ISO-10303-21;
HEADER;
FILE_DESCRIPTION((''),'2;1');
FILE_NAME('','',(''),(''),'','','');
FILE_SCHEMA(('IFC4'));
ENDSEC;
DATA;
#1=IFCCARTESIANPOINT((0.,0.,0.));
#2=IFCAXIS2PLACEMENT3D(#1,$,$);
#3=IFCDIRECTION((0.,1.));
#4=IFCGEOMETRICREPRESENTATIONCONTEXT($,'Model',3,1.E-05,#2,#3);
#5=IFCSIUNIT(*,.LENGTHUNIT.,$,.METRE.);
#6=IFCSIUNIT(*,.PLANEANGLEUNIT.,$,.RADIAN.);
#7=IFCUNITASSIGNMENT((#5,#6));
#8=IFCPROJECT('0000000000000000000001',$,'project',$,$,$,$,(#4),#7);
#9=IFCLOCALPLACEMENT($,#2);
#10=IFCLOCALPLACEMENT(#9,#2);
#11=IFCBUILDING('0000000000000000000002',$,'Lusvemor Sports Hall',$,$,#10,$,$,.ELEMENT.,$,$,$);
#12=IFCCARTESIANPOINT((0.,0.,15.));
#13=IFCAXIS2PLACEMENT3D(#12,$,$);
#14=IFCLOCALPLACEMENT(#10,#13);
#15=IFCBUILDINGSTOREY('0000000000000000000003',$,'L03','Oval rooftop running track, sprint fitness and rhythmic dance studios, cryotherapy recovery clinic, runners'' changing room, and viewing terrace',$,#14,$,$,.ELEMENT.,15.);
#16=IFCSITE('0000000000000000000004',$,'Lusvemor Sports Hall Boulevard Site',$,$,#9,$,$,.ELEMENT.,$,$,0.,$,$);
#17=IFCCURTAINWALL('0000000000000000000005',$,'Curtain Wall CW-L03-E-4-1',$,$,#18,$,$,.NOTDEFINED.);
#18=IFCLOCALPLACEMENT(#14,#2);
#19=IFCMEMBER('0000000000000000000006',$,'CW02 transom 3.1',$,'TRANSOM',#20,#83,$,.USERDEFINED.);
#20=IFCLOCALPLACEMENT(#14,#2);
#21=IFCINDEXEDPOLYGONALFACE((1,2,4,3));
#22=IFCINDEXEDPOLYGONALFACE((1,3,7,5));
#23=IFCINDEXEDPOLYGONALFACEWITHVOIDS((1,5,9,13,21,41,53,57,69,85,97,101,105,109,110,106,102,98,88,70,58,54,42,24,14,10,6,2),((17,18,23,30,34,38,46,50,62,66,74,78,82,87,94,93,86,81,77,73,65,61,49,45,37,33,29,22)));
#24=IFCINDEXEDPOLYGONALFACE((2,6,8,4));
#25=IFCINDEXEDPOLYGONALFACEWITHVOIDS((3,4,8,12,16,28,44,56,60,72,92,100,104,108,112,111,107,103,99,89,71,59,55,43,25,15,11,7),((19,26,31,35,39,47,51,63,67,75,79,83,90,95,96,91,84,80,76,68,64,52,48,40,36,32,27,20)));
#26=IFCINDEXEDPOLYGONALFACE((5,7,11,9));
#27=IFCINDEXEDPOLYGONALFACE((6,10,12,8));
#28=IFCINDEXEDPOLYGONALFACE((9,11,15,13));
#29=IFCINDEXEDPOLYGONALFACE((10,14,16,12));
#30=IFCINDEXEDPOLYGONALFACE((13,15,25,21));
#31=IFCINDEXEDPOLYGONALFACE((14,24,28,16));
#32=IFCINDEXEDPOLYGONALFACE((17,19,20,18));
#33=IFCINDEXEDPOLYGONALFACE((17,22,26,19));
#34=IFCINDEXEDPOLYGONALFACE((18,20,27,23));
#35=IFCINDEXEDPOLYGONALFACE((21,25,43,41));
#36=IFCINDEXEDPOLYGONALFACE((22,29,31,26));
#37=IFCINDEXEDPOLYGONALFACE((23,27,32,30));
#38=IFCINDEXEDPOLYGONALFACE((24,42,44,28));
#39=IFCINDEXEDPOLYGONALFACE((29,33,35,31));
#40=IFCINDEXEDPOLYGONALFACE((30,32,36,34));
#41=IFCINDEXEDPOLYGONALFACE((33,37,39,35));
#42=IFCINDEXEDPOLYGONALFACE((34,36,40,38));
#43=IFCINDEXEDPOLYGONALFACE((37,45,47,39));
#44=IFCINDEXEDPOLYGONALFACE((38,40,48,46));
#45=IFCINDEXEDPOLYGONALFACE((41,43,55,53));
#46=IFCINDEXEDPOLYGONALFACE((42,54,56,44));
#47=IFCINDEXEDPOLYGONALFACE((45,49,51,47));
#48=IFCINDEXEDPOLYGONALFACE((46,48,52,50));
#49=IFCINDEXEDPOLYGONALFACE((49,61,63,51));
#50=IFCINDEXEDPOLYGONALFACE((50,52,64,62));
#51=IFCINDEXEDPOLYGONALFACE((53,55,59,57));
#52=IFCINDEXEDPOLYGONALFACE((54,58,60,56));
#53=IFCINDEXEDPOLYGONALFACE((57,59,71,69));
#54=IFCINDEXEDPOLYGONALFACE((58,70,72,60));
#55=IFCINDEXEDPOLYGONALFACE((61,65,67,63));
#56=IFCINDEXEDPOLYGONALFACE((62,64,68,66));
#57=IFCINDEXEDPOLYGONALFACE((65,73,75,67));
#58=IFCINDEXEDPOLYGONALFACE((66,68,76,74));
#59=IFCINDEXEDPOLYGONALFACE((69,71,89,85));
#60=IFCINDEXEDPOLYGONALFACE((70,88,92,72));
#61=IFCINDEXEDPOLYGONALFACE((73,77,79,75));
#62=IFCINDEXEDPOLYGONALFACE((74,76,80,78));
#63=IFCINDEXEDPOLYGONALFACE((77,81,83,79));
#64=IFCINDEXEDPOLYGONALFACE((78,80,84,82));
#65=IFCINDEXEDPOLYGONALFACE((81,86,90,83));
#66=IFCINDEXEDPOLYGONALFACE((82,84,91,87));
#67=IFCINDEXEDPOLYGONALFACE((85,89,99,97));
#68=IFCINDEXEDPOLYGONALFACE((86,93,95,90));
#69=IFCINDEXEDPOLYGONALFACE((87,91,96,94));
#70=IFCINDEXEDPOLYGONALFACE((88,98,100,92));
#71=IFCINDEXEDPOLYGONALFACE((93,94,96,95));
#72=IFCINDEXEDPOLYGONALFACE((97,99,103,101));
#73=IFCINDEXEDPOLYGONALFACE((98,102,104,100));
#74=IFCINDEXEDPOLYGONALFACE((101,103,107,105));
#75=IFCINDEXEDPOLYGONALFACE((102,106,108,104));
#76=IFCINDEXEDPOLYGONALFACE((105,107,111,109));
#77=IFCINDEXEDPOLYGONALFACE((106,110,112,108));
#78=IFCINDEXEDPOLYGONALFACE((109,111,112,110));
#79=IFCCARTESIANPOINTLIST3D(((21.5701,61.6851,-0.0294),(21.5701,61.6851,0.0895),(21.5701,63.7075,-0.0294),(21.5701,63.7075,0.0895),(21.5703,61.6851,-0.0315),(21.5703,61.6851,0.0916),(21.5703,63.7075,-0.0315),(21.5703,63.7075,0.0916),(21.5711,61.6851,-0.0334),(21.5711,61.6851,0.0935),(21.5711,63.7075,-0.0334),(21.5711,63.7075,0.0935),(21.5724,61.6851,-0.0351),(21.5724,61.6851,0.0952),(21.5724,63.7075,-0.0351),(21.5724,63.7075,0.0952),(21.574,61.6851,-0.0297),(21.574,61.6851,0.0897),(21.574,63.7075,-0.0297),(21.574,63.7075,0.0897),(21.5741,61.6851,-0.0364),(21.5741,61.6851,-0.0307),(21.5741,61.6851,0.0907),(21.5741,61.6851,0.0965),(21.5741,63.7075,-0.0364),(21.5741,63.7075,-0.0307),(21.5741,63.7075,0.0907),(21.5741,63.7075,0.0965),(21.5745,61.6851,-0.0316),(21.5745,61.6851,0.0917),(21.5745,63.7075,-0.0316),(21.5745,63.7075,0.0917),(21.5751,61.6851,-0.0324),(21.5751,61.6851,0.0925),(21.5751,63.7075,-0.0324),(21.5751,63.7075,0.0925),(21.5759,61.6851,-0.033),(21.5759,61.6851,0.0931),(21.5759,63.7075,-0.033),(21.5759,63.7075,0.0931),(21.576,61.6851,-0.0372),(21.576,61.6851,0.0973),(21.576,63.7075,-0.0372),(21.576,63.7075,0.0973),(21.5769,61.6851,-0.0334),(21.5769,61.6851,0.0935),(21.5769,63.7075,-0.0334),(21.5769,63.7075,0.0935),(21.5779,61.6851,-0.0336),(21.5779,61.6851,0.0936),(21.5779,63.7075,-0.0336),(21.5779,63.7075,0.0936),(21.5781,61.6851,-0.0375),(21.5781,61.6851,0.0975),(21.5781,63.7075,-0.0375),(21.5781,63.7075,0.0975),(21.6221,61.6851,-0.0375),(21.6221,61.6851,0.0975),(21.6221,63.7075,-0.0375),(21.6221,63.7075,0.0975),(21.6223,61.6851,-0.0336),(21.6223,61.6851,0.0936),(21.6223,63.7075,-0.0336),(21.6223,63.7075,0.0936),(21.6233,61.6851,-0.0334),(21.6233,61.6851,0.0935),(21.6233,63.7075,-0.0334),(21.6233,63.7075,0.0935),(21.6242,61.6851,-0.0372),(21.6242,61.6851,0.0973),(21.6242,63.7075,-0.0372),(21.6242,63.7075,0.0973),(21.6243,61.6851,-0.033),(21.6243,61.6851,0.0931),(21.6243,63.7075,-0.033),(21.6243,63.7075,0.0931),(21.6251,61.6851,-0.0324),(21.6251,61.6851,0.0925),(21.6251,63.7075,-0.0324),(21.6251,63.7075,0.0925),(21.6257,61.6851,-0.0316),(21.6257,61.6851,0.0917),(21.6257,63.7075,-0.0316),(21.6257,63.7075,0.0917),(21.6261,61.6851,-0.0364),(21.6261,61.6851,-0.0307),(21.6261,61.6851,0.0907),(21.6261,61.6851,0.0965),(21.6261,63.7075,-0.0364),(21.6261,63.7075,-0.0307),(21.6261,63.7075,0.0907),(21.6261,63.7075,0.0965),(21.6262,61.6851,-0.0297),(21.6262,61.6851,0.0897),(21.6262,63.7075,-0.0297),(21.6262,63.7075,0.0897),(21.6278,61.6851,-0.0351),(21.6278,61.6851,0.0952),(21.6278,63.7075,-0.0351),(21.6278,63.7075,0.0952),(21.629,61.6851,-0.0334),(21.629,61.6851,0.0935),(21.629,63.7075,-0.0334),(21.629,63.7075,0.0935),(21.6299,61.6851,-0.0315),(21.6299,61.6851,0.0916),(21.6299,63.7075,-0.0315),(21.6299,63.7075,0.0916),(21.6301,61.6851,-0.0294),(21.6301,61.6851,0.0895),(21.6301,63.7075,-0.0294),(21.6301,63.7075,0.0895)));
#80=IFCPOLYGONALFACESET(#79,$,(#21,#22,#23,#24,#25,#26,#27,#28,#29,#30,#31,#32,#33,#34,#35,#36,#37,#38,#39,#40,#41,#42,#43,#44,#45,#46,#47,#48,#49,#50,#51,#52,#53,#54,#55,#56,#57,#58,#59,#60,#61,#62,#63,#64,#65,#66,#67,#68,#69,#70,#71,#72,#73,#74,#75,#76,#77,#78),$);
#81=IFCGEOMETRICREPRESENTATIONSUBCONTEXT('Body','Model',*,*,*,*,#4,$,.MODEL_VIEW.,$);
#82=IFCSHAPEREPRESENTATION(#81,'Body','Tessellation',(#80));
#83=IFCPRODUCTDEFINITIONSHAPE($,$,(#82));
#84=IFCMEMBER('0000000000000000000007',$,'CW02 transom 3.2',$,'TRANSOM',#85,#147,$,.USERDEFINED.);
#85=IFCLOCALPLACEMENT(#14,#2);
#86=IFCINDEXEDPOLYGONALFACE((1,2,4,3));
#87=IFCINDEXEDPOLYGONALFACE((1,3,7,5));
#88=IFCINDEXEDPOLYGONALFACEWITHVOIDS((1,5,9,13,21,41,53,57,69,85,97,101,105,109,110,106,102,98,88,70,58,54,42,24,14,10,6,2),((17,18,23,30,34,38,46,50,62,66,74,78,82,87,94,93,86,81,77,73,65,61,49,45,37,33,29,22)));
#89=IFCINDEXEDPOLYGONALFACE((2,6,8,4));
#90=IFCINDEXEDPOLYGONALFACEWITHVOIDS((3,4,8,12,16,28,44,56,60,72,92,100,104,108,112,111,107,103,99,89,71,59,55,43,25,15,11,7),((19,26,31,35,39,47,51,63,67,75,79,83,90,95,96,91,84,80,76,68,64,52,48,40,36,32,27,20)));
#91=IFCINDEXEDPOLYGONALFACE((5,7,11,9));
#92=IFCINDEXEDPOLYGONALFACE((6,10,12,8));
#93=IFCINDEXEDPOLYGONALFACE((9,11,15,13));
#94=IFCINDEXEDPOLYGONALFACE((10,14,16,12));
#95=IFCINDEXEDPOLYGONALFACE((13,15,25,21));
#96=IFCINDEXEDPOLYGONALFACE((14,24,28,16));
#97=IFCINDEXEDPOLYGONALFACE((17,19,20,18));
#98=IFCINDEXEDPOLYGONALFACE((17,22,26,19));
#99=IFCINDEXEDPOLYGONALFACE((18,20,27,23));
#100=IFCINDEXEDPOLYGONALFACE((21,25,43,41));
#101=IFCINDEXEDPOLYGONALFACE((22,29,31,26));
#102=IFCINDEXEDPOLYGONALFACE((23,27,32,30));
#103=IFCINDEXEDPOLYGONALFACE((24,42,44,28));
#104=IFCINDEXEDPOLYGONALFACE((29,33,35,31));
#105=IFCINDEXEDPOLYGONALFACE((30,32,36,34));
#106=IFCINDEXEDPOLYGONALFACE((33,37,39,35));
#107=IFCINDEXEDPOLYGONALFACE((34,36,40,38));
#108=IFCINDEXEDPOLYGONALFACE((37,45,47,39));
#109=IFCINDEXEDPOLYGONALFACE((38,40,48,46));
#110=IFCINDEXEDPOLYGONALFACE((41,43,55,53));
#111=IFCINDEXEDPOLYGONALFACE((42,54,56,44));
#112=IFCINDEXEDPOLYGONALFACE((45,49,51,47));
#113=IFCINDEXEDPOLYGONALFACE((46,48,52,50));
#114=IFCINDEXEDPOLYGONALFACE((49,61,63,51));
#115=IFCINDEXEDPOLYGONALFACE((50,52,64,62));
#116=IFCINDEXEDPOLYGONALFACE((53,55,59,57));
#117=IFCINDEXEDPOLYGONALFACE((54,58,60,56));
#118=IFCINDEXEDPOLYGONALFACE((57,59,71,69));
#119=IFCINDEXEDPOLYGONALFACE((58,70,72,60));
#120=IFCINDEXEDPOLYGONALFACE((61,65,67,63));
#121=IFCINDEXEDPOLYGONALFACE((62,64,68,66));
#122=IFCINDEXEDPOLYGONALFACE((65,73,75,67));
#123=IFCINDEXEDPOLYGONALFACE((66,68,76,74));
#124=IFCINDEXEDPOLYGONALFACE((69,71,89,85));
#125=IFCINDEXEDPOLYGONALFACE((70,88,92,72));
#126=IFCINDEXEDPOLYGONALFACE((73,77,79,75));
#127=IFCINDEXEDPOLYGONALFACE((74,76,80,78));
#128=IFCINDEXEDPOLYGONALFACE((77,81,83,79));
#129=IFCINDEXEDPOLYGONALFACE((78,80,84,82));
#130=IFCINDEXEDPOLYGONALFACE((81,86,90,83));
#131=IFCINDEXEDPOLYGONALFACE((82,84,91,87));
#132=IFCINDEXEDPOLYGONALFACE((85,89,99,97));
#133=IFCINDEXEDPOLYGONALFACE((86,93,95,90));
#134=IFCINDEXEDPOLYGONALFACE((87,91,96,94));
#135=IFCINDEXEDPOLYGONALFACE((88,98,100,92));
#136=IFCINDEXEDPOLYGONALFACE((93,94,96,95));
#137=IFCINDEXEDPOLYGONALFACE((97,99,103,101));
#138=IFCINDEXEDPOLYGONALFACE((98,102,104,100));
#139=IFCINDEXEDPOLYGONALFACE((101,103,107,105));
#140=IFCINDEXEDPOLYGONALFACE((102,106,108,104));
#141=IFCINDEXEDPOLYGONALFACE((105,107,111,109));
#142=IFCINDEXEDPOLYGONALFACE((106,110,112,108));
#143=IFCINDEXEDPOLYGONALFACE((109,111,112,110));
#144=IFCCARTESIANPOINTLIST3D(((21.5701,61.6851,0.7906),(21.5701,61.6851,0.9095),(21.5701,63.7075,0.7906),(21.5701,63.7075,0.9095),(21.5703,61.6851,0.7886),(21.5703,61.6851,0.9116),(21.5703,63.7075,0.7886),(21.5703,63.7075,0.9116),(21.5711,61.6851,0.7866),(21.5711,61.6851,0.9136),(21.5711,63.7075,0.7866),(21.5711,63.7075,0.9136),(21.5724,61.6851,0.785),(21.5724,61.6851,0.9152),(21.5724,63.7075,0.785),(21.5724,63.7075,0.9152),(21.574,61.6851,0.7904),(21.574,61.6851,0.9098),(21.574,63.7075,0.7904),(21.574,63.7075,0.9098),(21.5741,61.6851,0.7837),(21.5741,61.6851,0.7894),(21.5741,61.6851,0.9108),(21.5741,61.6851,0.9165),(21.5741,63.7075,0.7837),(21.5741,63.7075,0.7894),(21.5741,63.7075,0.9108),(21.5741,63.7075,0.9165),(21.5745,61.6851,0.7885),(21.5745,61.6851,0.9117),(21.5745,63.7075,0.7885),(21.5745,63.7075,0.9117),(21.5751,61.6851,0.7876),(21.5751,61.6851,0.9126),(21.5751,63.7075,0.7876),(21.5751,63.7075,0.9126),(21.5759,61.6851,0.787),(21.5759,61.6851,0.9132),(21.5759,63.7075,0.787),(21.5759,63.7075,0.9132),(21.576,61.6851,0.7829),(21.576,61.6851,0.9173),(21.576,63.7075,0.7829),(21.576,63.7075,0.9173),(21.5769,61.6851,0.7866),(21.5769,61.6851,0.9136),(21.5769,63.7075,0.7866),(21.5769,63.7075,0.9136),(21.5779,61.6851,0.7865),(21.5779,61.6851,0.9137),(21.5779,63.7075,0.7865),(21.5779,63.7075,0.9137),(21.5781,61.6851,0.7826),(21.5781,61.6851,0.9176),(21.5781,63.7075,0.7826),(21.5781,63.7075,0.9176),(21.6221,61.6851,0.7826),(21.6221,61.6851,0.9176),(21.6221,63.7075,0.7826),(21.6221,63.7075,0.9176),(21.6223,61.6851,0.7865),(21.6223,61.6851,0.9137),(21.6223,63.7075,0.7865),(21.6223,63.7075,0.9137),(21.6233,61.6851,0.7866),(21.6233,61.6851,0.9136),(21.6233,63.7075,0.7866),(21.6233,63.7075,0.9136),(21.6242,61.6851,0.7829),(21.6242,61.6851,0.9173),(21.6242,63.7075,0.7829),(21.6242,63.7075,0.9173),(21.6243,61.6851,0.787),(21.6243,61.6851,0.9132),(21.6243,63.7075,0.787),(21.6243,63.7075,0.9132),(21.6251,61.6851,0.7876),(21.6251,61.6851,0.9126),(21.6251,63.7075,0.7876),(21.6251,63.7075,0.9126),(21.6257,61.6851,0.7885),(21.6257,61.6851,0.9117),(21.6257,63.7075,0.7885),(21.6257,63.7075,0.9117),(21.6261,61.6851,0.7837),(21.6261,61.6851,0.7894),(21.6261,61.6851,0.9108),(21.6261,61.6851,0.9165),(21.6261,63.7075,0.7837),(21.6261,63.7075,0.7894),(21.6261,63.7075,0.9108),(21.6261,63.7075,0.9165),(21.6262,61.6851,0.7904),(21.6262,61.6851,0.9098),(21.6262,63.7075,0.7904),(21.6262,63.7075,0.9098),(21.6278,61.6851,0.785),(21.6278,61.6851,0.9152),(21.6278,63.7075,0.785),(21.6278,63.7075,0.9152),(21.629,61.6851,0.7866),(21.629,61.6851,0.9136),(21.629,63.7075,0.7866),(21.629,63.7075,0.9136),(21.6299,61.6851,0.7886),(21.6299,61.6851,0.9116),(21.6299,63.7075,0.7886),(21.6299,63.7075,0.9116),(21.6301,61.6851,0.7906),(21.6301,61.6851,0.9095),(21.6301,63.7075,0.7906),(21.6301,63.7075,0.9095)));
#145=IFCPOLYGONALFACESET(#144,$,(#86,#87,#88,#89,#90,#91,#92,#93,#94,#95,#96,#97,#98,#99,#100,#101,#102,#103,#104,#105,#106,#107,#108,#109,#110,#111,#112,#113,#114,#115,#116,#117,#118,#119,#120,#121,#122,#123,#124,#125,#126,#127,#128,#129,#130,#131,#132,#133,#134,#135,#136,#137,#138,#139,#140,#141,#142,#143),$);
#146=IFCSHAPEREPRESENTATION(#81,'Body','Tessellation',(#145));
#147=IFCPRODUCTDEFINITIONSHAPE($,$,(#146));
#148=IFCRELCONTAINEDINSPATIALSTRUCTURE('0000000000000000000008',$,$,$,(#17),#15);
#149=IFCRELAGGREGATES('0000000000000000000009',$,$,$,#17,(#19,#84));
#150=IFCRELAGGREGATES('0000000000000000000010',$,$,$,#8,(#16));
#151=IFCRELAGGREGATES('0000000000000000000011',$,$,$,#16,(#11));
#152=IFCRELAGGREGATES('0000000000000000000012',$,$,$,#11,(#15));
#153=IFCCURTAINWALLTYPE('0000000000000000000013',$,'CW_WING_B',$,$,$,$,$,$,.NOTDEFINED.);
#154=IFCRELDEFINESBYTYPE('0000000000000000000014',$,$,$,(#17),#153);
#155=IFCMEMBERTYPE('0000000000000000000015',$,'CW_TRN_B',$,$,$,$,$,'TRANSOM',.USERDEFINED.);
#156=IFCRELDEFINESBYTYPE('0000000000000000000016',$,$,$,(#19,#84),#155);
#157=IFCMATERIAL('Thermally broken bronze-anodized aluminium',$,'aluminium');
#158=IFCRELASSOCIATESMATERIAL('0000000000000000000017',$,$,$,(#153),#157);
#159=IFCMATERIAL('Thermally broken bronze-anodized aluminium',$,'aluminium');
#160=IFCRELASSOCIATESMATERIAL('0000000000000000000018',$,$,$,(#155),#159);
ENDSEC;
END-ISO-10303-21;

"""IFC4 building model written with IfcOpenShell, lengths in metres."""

from ifc_helpers import new_model, si_unit, direction, frame, origin, origin_2d, place, context, subcontext, project, spatial, hollow_rectangle, extrude, material, material_profile, profile_set, type_object, element, aggregate, save


model = new_model("IFC4")

# Units and contexts
model_context = context("Model", 3, precision=1e-05, world=origin(), true_north=direction((0.0, 1.0)))
body_context = subcontext(model_context, "Body", "Model", "MODEL_VIEW")
ifc_project = project(units=[si_unit("LENGTHUNIT", "METRE"), si_unit("PLANEANGLEUNIT", "RADIAN")], contexts=[model_context])

# Site, building, storey
site_placement = place(None, origin())
site = spatial("IfcSite", under=ifc_project, at=site_placement, Name="Lusvemor Sports Hall Boulevard Site", CompositionType="ELEMENT", RefElevation=0.0)
building_placement = place(site_placement, origin())
building = spatial("IfcBuilding", under=site, at=building_placement, Name="Lusvemor Sports Hall", CompositionType="ELEMENT")
storey_placement = place(building_placement, frame((0.0, 0.0, 15.0)))
storey = spatial("IfcBuildingStorey", under=building, at=storey_placement, Name="L03", Description="Oval rooftop running track, sprint fitness and rhythmic dance studios, cryotherapy recovery clinic, runners' changing room, and viewing terrace", CompositionType="ELEMENT", Elevation=15.0)

# Shared definitions
ifc_material_1 = material(Name="Thermally broken bronze-anodized aluminium", Category="aluminium")
curtain_wall_type = type_object("IfcCurtainWallType", Name="CW_WING_B", PredefinedType="NOTDEFINED", material=ifc_material_1)

# Curtain wall
curtain_wall_1_placement = place(storey_placement, origin())
curtain_wall_1 = element("IfcCurtainWall", 1, at=curtain_wall_1_placement, inside=storey, type_object=curtain_wall_type, Name="Curtain Wall CW-L03-E-4-1", PredefinedType="NOTDEFINED")

# Members
ifc_material_2 = material(Name="Thermally broken bronze-anodized aluminium", Category="aluminium")
ifc_material_profile_1 = material_profile(ifc_material_2, hollow_rectangle(XDim=0.0601, YDim=0.135, WallThickness=0.0039, InnerFilletRadius=0.0039, OuterFilletRadius=0.0081, at=origin_2d()), Name="CWTRN135x60x4")
ifc_profile_set_1 = profile_set([ifc_material_profile_1], Name="Thermally broken bronze-anodized aluminium")
member_type_1 = type_object("IfcMemberType", Name="CW_TRN_B", ElementType="TRANSOM", PredefinedType="USERDEFINED", material=ifc_profile_set_1)
member_1_placement = place(storey_placement, frame((21.6001, 63.7075, 0.03), z_axis=(0.0, -1.0, 0.0), x_axis=(1.0, 0.0, 0.0)))
member_1 = element("IfcMember", 2, at=member_1_placement, type_object=member_type_1, Name="CW02 transom 3.1", ObjectType="TRANSOM", PredefinedType="USERDEFINED", context=body_context, shape_type="SweptSolid", body=[
    extrude(hollow_rectangle(XDim=0.0601, YDim=0.135, WallThickness=0.0039, InnerFilletRadius=0.0039, OuterFilletRadius=0.0081, at=origin_2d()), origin(), (0.0, 0.0, 1.0), 2.0225),
])
member_2_placement = place(storey_placement, frame((21.6001, 63.7075, 0.8501), z_axis=(0.0, -1.0, 0.0), x_axis=(1.0, 0.0, 0.0)))
member_2 = element("IfcMember", 3, at=member_2_placement, type_object=member_type_1, Name="CW02 transom 3.2", ObjectType="TRANSOM", PredefinedType="USERDEFINED", context=body_context, shape_type="SweptSolid", body=[
    extrude(hollow_rectangle(XDim=0.0601, YDim=0.135, WallThickness=0.0039, InnerFilletRadius=0.0039, OuterFilletRadius=0.0081, at=origin_2d()), origin(), (0.0, 0.0, 1.0), 2.0225),
])

aggregate(curtain_wall_1, [member_1, member_2])

save(model, "model.ifc")
